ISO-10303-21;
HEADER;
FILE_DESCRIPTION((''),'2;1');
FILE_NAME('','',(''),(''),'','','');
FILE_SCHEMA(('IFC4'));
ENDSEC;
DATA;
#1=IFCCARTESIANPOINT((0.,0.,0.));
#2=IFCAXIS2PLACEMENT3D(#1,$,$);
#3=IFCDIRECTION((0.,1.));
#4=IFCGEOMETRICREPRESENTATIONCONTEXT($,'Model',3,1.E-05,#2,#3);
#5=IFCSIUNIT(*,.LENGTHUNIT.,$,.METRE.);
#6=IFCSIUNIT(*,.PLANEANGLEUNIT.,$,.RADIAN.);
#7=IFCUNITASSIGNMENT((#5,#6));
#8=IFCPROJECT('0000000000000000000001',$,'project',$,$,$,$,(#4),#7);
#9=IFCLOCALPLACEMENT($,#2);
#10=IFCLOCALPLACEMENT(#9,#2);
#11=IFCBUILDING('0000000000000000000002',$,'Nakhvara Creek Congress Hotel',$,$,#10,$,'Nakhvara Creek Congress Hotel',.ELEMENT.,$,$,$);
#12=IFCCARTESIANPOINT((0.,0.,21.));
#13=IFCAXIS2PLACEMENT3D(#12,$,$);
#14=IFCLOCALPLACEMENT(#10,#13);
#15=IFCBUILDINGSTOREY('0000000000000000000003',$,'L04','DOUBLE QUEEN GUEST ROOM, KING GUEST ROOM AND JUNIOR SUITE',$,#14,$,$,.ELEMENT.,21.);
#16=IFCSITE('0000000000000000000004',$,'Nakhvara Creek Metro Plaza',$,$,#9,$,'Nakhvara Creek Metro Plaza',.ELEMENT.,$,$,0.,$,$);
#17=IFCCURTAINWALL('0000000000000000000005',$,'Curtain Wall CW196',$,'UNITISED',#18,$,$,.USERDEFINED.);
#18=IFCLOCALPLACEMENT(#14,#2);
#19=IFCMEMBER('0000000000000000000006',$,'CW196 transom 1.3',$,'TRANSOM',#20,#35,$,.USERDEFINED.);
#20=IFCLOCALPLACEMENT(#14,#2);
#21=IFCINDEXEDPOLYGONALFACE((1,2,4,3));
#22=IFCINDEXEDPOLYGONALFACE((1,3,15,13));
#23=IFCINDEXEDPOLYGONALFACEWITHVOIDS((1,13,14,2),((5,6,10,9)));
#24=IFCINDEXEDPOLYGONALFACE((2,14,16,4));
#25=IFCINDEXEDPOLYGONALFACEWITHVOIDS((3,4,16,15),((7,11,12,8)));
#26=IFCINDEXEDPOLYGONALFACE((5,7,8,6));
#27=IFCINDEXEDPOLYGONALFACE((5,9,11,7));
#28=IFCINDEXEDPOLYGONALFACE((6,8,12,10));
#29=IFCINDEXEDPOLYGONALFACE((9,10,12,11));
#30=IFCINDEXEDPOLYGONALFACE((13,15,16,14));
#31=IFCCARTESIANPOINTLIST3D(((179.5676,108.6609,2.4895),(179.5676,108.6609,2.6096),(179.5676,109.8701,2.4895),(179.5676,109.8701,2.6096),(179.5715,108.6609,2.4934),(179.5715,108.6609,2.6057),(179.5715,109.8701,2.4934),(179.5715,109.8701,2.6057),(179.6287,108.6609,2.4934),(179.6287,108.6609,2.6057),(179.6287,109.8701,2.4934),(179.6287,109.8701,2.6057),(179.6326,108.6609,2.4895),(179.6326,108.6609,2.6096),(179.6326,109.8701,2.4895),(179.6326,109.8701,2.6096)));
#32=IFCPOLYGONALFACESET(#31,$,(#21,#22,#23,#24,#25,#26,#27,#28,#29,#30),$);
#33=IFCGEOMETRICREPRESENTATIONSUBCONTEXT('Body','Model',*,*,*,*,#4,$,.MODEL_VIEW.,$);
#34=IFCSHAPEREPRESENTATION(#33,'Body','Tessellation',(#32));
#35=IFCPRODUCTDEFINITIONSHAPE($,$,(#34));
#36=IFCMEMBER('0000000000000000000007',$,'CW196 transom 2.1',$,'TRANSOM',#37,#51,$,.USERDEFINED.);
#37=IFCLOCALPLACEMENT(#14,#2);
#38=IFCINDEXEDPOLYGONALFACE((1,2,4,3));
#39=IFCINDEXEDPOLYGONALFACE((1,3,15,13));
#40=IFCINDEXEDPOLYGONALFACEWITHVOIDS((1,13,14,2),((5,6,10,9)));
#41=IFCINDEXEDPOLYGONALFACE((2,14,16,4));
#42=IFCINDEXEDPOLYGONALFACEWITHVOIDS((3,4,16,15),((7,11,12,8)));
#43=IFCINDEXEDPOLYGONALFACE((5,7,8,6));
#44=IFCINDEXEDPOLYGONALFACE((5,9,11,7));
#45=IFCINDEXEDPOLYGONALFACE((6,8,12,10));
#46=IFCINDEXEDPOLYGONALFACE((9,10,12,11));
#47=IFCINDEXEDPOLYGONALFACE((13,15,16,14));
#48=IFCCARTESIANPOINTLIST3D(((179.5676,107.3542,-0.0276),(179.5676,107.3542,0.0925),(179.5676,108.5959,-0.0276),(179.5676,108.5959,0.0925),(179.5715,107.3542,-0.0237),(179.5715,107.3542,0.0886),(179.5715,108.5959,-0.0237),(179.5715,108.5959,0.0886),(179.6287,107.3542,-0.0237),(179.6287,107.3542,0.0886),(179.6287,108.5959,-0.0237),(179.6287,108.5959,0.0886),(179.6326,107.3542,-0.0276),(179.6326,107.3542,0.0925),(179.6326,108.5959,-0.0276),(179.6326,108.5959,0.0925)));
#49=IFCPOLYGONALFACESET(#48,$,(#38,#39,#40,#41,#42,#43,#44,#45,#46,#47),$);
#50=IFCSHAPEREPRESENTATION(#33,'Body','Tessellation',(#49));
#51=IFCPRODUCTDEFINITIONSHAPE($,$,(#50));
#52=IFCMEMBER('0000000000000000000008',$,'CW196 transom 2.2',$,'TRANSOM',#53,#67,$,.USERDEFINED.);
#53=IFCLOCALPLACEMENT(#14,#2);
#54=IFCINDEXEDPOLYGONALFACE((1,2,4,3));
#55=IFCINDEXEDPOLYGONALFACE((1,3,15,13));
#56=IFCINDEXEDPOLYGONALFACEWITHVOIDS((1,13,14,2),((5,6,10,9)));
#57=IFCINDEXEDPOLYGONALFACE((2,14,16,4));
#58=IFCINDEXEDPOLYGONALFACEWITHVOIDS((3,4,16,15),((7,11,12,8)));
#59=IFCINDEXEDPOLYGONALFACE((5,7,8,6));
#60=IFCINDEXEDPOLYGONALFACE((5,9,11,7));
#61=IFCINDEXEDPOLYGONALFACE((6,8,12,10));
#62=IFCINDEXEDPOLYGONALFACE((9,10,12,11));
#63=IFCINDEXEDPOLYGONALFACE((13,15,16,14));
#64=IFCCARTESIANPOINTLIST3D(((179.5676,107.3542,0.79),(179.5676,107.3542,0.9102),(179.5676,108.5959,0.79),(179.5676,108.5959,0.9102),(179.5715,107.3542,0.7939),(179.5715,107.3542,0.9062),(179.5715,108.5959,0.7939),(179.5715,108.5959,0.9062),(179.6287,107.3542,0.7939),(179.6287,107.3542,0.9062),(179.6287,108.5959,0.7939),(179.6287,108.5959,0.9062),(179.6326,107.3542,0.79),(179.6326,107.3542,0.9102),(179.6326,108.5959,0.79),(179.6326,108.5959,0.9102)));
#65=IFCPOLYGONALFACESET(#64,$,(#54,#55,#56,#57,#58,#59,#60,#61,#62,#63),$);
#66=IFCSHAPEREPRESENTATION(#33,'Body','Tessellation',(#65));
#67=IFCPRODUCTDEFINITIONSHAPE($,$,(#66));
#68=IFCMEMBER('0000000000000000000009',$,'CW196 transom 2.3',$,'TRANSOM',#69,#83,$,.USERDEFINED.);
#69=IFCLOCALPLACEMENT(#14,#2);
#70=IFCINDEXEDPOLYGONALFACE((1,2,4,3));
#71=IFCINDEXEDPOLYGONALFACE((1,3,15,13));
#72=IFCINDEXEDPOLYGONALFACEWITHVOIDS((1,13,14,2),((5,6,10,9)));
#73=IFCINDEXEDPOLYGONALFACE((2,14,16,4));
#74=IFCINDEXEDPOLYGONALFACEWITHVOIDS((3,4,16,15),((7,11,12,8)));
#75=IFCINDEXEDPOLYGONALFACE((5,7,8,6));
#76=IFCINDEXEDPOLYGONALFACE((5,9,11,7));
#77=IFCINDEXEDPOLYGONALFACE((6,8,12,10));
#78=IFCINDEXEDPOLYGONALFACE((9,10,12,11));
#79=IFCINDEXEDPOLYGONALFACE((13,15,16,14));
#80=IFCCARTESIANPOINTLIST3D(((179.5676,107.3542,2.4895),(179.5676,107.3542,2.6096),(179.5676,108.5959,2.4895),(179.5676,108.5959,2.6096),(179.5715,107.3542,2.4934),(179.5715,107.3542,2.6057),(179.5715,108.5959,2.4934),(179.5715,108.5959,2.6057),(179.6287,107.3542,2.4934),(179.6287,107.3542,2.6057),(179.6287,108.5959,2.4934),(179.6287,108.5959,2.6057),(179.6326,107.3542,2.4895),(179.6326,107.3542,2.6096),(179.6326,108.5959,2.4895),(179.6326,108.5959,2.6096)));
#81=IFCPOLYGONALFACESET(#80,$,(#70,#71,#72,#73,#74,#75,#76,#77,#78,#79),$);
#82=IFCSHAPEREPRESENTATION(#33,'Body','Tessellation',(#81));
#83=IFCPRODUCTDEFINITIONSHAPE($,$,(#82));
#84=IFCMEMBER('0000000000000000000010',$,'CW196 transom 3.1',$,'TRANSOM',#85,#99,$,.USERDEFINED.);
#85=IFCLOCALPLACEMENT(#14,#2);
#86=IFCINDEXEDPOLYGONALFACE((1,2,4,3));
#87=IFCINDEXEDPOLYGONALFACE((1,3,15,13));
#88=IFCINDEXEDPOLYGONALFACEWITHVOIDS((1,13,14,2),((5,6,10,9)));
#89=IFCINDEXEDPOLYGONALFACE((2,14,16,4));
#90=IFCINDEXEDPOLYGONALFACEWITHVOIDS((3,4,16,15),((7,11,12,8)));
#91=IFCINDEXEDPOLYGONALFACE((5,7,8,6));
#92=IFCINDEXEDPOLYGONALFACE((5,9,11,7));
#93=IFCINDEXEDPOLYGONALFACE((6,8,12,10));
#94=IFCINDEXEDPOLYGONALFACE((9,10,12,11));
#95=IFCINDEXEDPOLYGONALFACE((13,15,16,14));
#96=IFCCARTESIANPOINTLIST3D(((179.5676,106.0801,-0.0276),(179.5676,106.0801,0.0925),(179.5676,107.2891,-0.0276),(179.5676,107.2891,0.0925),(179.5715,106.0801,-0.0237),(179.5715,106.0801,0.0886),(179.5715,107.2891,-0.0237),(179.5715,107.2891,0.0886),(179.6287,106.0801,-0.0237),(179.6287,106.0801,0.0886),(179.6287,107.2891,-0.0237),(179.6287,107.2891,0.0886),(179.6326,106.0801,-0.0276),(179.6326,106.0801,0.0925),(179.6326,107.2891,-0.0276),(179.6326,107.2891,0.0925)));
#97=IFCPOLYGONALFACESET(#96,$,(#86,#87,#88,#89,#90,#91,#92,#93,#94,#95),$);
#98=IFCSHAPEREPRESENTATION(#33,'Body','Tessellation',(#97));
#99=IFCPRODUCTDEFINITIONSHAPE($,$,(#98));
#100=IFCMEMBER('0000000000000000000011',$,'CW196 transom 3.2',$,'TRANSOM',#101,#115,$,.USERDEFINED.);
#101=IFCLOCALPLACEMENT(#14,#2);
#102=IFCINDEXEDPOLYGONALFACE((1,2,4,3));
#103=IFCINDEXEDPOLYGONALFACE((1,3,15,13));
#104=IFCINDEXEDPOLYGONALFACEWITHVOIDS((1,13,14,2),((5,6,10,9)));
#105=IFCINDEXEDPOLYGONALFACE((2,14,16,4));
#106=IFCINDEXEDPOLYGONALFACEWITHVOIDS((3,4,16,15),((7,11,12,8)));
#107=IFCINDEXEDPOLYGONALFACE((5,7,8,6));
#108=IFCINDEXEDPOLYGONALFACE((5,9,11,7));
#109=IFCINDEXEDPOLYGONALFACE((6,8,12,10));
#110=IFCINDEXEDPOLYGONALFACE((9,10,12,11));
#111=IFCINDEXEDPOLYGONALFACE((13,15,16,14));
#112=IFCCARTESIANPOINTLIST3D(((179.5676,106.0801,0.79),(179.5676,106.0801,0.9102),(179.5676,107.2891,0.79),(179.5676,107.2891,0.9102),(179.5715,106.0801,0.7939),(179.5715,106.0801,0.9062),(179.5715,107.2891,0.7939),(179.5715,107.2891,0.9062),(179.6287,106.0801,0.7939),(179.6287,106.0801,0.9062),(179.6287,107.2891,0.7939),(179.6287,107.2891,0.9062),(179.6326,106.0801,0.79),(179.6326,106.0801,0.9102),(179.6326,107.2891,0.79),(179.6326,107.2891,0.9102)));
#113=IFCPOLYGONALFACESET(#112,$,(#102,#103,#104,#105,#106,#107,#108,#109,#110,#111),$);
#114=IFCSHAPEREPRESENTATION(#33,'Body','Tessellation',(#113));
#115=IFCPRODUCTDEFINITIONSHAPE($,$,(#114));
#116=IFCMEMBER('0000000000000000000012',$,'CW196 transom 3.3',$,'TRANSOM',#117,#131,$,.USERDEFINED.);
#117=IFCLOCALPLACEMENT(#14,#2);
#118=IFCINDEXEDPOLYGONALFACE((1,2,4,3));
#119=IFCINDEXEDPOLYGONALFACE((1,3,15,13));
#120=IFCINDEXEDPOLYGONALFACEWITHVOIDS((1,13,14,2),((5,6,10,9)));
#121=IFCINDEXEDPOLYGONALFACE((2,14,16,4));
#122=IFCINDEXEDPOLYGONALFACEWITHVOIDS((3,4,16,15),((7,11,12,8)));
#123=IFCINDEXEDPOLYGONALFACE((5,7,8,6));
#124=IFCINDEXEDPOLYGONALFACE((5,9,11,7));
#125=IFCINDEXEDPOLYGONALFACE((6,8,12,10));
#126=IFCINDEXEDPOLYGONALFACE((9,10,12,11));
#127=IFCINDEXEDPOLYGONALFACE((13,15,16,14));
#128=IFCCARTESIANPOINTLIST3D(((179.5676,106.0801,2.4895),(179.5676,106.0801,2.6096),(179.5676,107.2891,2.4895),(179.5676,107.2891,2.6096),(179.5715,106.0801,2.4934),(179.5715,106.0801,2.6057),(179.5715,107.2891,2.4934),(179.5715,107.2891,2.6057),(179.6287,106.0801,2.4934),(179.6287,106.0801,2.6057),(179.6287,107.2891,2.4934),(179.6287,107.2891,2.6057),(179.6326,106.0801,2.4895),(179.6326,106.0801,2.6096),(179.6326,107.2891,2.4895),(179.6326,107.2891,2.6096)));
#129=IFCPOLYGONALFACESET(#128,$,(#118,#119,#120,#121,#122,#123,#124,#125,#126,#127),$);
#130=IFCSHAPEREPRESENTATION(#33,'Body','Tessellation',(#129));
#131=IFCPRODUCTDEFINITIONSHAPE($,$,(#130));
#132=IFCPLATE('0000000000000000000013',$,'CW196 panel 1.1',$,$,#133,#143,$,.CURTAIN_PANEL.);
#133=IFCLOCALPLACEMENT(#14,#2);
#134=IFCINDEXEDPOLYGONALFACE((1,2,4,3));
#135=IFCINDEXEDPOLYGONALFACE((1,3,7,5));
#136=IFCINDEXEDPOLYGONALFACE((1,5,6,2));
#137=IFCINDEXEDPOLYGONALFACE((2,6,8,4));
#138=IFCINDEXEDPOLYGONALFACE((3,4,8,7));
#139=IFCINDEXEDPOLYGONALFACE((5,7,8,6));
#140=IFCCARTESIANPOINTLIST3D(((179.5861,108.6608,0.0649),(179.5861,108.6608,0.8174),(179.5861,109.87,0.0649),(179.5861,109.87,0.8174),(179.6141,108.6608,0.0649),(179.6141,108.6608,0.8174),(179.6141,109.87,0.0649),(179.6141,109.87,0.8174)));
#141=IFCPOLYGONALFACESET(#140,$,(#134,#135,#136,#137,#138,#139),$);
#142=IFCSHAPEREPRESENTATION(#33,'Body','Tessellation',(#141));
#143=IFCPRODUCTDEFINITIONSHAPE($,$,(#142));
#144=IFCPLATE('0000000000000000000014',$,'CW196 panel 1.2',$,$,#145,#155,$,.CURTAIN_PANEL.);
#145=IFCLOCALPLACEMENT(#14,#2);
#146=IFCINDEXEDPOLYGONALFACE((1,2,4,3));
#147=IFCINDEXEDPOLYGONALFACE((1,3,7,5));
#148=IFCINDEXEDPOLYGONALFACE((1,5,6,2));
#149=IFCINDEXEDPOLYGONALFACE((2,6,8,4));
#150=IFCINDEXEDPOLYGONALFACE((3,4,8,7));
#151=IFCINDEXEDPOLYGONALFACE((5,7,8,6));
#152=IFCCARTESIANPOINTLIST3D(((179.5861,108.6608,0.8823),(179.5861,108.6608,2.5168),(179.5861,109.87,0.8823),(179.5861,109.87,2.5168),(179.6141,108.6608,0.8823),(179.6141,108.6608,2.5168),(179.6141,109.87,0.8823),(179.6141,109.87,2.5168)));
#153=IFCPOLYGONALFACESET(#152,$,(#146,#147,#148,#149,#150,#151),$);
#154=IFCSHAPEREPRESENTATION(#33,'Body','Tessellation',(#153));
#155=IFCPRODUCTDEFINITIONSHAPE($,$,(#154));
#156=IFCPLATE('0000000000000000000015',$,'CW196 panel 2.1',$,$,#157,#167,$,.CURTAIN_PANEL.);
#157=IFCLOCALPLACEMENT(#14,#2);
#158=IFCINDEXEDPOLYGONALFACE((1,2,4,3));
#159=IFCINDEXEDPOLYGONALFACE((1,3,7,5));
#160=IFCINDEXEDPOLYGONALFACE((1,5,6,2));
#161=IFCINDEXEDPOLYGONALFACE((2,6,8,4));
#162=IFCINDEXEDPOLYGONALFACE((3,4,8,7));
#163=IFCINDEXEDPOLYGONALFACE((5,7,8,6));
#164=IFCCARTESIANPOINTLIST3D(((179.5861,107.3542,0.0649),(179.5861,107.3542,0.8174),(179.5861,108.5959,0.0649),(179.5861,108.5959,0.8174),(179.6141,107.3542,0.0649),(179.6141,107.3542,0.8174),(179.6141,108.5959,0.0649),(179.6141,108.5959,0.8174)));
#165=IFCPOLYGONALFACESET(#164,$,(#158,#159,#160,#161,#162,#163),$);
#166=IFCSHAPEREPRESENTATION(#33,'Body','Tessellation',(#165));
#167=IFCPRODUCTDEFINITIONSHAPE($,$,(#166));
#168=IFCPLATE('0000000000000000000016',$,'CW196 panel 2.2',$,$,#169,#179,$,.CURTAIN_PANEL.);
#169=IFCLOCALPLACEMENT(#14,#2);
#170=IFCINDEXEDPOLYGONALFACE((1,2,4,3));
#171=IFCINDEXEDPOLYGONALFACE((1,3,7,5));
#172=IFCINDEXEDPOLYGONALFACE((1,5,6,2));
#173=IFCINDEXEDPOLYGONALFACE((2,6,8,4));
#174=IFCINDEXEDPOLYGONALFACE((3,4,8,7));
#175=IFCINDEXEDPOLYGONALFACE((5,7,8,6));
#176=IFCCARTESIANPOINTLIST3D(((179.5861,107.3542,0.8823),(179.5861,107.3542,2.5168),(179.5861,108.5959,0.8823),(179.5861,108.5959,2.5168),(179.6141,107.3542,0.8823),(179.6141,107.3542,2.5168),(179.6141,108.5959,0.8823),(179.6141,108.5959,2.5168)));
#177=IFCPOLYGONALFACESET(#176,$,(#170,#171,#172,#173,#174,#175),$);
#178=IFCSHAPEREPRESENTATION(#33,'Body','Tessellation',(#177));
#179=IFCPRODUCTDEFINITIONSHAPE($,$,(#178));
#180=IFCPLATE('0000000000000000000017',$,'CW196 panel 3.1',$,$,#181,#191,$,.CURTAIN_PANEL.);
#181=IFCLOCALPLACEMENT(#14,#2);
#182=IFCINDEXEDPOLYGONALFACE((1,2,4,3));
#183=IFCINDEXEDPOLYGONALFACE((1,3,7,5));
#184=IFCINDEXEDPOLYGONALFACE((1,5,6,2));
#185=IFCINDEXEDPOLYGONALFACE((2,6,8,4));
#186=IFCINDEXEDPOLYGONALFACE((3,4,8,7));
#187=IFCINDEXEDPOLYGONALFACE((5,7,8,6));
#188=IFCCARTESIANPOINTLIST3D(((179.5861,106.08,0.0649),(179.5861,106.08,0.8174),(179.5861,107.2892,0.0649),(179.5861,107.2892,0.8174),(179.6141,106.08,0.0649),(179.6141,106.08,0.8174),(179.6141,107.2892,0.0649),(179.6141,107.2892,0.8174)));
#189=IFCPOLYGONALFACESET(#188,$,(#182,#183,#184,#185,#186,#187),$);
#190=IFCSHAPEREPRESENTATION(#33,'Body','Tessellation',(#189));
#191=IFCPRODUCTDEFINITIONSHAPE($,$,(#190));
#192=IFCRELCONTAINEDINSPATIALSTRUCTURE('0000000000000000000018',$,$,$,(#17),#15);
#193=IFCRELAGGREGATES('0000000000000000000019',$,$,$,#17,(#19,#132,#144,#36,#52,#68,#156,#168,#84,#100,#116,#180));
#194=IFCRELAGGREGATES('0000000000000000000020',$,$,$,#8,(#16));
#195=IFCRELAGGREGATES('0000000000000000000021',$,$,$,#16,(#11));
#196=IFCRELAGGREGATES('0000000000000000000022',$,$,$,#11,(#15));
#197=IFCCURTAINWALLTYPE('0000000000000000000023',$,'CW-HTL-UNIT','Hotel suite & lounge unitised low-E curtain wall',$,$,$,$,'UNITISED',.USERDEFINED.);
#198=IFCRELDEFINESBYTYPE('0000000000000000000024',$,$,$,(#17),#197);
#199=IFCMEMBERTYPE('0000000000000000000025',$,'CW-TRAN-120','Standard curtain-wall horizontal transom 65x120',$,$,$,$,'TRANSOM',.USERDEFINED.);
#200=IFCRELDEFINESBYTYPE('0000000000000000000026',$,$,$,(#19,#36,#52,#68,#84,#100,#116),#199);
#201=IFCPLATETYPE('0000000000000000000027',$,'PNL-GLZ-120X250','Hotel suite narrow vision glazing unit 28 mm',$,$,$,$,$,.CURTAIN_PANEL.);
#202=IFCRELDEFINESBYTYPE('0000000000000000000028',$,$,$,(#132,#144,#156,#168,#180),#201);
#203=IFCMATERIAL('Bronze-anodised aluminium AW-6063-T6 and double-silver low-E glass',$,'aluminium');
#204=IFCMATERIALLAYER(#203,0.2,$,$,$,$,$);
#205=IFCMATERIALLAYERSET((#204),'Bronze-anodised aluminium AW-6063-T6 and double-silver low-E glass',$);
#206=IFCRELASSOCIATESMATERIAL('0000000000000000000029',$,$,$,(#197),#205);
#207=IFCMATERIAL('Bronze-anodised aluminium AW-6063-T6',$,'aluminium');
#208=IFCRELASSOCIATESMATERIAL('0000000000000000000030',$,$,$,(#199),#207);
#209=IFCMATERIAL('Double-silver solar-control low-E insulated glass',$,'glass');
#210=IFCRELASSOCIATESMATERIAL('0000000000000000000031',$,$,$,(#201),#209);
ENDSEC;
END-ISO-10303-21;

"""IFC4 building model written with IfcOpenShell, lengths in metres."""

from ifc_helpers import new_model, si_unit, direction, frame, origin, origin_2d, place, context, subcontext, project, spatial, rectangle, hollow_rectangle, extrude, material, layer, layer_set, material_profile, profile_set, type_object, element, aggregate, save


model = new_model("IFC4")

# Units and contexts
model_context = context("Model", 3, precision=1e-05, world=origin(), true_north=direction((0.0, 1.0)))
body_context = subcontext(model_context, "Body", "Model", "MODEL_VIEW")
ifc_project = project(units=[si_unit("LENGTHUNIT", "METRE"), si_unit("PLANEANGLEUNIT", "RADIAN")], contexts=[model_context])

# Site, building, storey
site_placement = place(None, origin())
site = spatial("IfcSite", under=ifc_project, at=site_placement, Name="Nakhvara Creek Metro Plaza", LongName="Nakhvara Creek Metro Plaza", CompositionType="ELEMENT", RefElevation=0.0)
building_placement = place(site_placement, origin())
building = spatial("IfcBuilding", under=site, at=building_placement, Name="Nakhvara Creek Congress Hotel", LongName="Nakhvara Creek Congress Hotel", CompositionType="ELEMENT")
storey_placement = place(building_placement, frame((0.0, 0.0, 21.0)))
storey = spatial("IfcBuildingStorey", under=building, at=storey_placement, Name="L04", Description="DOUBLE QUEEN GUEST ROOM, KING GUEST ROOM AND JUNIOR SUITE", CompositionType="ELEMENT", Elevation=21.0)

# Curtain wall
ifc_material_1 = material(Name="Bronze-anodised aluminium AW-6063-T6 and double-silver low-E glass", Category="aluminium")
ifc_layer_1 = layer(ifc_material_1, 0.2)
ifc_layer_set_1 = layer_set([ifc_layer_1], Name="Bronze-anodised aluminium AW-6063-T6 and double-silver low-E glass")
curtain_wall_type = type_object("IfcCurtainWallType", Name="CW-HTL-UNIT", Description="Hotel suite & lounge unitised low-E curtain wall", ElementType="UNITISED", PredefinedType="USERDEFINED", material=ifc_layer_set_1)
curtain_wall_1_placement = place(storey_placement, origin())
curtain_wall_1 = element("IfcCurtainWall", 1, at=curtain_wall_1_placement, inside=storey, type_object=curtain_wall_type, Name="Curtain Wall CW196", ObjectType="UNITISED", PredefinedType="USERDEFINED")
ifc_material_2 = material(Name="Bronze-anodised aluminium AW-6063-T6", Category="aluminium")

# Members
ifc_material_profile_1 = material_profile(ifc_material_2, hollow_rectangle(XDim=0.0649, YDim=0.1201, WallThickness=0.0039, at=origin_2d()), Name="ALU-TRAN 65x120x4", Category="LoadBearing")
ifc_profile_set_1 = profile_set([ifc_material_profile_1], Name="Bronze-anodised aluminium AW-6063-T6")
member_type_1 = type_object("IfcMemberType", Name="CW-TRAN-120", Description="Standard curtain-wall horizontal transom 65x120", ElementType="TRANSOM", PredefinedType="USERDEFINED", material=ifc_profile_set_1)
member_1_placement = place(storey_placement, frame((179.6001, 109.8701, 2.5496), z_axis=(0.0, -1.0, 0.0), x_axis=(1.0, 0.0, 0.0)))
member_1 = element("IfcMember", 2, at=member_1_placement, type_object=member_type_1, Name="CW196 transom 1.3", ObjectType="TRANSOM", PredefinedType="USERDEFINED", context=body_context, shape_type="SweptSolid", body=[
    extrude(hollow_rectangle(XDim=0.0649, YDim=0.1201, WallThickness=0.0039, at=origin_2d()), origin(), (0.0, 0.0, 1.0), 1.2092),
])
member_2_placement = place(storey_placement, frame((179.6001, 108.5959, 0.0325), z_axis=(0.0, -1.0, 0.0), x_axis=(1.0, 0.0, 0.0)))
member_2 = element("IfcMember", 3, at=member_2_placement, type_object=member_type_1, Name="CW196 transom 2.1", ObjectType="TRANSOM", PredefinedType="USERDEFINED", context=body_context, shape_type="SweptSolid", body=[
    extrude(hollow_rectangle(XDim=0.0649, YDim=0.1201, WallThickness=0.0039, at=origin_2d()), origin(), (0.0, 0.0, 1.0), 1.2417),
])
member_3_placement = place(storey_placement, frame((179.6001, 108.5959, 0.8501), z_axis=(0.0, -1.0, 0.0), x_axis=(1.0, 0.0, 0.0)))
member_3 = element("IfcMember", 4, at=member_3_placement, type_object=member_type_1, Name="CW196 transom 2.2", ObjectType="TRANSOM", PredefinedType="USERDEFINED", context=body_context, shape_type="SweptSolid", body=[
    extrude(hollow_rectangle(XDim=0.0649, YDim=0.1201, WallThickness=0.0039, at=origin_2d()), origin(), (0.0, 0.0, 1.0), 1.2417),
])
member_4_placement = place(storey_placement, frame((179.6001, 108.5959, 2.5496), z_axis=(0.0, -1.0, 0.0), x_axis=(1.0, 0.0, 0.0)))
member_4 = element("IfcMember", 5, at=member_4_placement, type_object=member_type_1, Name="CW196 transom 2.3", ObjectType="TRANSOM", PredefinedType="USERDEFINED", context=body_context, shape_type="SweptSolid", body=[
    extrude(hollow_rectangle(XDim=0.0649, YDim=0.1201, WallThickness=0.0039, at=origin_2d()), origin(), (0.0, 0.0, 1.0), 1.2417),
])
member_5_placement = place(storey_placement, frame((179.6001, 107.2891, 0.0325), z_axis=(0.0, -1.0, 0.0), x_axis=(1.0, 0.0, 0.0)))
member_5 = element("IfcMember", 6, at=member_5_placement, type_object=member_type_1, Name="CW196 transom 3.1", ObjectType="TRANSOM", PredefinedType="USERDEFINED", context=body_context, shape_type="SweptSolid", body=[
    extrude(hollow_rectangle(XDim=0.0649, YDim=0.1201, WallThickness=0.0039, at=origin_2d()), origin(), (0.0, 0.0, 1.0), 1.209),
])
member_6_placement = place(storey_placement, frame((179.6001, 107.2891, 0.8501), z_axis=(0.0, -1.0, 0.0), x_axis=(1.0, 0.0, 0.0)))
member_6 = element("IfcMember", 7, at=member_6_placement, type_object=member_type_1, Name="CW196 transom 3.2", ObjectType="TRANSOM", PredefinedType="USERDEFINED", context=body_context, shape_type="SweptSolid", body=[
    extrude(hollow_rectangle(XDim=0.0649, YDim=0.1201, WallThickness=0.0039, at=origin_2d()), origin(), (0.0, 0.0, 1.0), 1.209),
])
member_7_placement = place(storey_placement, frame((179.6001, 107.2891, 2.5496), z_axis=(0.0, -1.0, 0.0), x_axis=(1.0, 0.0, 0.0)))
member_7 = element("IfcMember", 8, at=member_7_placement, type_object=member_type_1, Name="CW196 transom 3.3", ObjectType="TRANSOM", PredefinedType="USERDEFINED", context=body_context, shape_type="SweptSolid", body=[
    extrude(hollow_rectangle(XDim=0.0649, YDim=0.1201, WallThickness=0.0039, at=origin_2d()), origin(), (0.0, 0.0, 1.0), 1.209),
])

# Plates
ifc_material_3 = material(Name="Double-silver solar-control low-E insulated glass", Category="glass")
plate_type = type_object("IfcPlateType", Name="PNL-GLZ-120X250", Description="Hotel suite narrow vision glazing unit 28 mm", PredefinedType="CURTAIN_PANEL", material=ifc_material_3)
plate_1_placement = place(storey_placement, frame((179.6001, 109.2654, 0.0649), z_axis=(0.0, 0.0, 1.0), x_axis=(0.0, -1.0, 0.0)))
plate_1 = element("IfcPlate", 9, at=plate_1_placement, type_object=plate_type, Name="CW196 panel 1.1", PredefinedType="CURTAIN_PANEL", context=body_context, shape_type="SweptSolid", body=[
    extrude(rectangle(XDim=1.2092, YDim=0.0281, at=origin_2d()), origin(), (0.0, 0.0, 1.0), 0.7524),
])
plate_2_placement = place(storey_placement, frame((179.6001, 109.2654, 0.8823), z_axis=(0.0, 0.0, 1.0), x_axis=(0.0, -1.0, 0.0)))
plate_2 = element("IfcPlate", 10, at=plate_2_placement, type_object=plate_type, Name="CW196 panel 1.2", PredefinedType="CURTAIN_PANEL", context=body_context, shape_type="SweptSolid", body=[
    extrude(rectangle(XDim=1.2092, YDim=0.0281, at=origin_2d()), origin(), (0.0, 0.0, 1.0), 1.6345),
])
plate_3_placement = place(storey_placement, frame((179.6001, 107.9751, 0.0649), z_axis=(0.0, 0.0, 1.0), x_axis=(0.0, -1.0, 0.0)))
plate_3 = element("IfcPlate", 11, at=plate_3_placement, type_object=plate_type, Name="CW196 panel 2.1", PredefinedType="CURTAIN_PANEL", context=body_context, shape_type="SweptSolid", body=[
    extrude(rectangle(XDim=1.2417, YDim=0.0281, at=origin_2d()), origin(), (0.0, 0.0, 1.0), 0.7524),
])
plate_4_placement = place(storey_placement, frame((179.6001, 107.9751, 0.8823), z_axis=(0.0, 0.0, 1.0), x_axis=(0.0, -1.0, 0.0)))
plate_4 = element("IfcPlate", 12, at=plate_4_placement, type_object=plate_type, Name="CW196 panel 2.2", PredefinedType="CURTAIN_PANEL", context=body_context, shape_type="SweptSolid", body=[
    extrude(rectangle(XDim=1.2417, YDim=0.0281, at=origin_2d()), origin(), (0.0, 0.0, 1.0), 1.6345),
])
plate_5_placement = place(storey_placement, frame((179.6001, 106.6846, 0.0649), z_axis=(0.0, 0.0, 1.0), x_axis=(0.0, -1.0, 0.0)))
plate_5 = element("IfcPlate", 13, at=plate_5_placement, type_object=plate_type, Name="CW196 panel 3.1", PredefinedType="CURTAIN_PANEL", context=body_context, shape_type="SweptSolid", body=[
    extrude(rectangle(XDim=1.2092, YDim=0.0281, at=origin_2d()), origin(), (0.0, 0.0, 1.0), 0.7524),
])
aggregate(curtain_wall_1, [member_1, plate_1, plate_2, member_2, member_3, member_4, plate_3, plate_4, member_5, member_6, member_7, plate_5])

save(model, "model.ifc")
